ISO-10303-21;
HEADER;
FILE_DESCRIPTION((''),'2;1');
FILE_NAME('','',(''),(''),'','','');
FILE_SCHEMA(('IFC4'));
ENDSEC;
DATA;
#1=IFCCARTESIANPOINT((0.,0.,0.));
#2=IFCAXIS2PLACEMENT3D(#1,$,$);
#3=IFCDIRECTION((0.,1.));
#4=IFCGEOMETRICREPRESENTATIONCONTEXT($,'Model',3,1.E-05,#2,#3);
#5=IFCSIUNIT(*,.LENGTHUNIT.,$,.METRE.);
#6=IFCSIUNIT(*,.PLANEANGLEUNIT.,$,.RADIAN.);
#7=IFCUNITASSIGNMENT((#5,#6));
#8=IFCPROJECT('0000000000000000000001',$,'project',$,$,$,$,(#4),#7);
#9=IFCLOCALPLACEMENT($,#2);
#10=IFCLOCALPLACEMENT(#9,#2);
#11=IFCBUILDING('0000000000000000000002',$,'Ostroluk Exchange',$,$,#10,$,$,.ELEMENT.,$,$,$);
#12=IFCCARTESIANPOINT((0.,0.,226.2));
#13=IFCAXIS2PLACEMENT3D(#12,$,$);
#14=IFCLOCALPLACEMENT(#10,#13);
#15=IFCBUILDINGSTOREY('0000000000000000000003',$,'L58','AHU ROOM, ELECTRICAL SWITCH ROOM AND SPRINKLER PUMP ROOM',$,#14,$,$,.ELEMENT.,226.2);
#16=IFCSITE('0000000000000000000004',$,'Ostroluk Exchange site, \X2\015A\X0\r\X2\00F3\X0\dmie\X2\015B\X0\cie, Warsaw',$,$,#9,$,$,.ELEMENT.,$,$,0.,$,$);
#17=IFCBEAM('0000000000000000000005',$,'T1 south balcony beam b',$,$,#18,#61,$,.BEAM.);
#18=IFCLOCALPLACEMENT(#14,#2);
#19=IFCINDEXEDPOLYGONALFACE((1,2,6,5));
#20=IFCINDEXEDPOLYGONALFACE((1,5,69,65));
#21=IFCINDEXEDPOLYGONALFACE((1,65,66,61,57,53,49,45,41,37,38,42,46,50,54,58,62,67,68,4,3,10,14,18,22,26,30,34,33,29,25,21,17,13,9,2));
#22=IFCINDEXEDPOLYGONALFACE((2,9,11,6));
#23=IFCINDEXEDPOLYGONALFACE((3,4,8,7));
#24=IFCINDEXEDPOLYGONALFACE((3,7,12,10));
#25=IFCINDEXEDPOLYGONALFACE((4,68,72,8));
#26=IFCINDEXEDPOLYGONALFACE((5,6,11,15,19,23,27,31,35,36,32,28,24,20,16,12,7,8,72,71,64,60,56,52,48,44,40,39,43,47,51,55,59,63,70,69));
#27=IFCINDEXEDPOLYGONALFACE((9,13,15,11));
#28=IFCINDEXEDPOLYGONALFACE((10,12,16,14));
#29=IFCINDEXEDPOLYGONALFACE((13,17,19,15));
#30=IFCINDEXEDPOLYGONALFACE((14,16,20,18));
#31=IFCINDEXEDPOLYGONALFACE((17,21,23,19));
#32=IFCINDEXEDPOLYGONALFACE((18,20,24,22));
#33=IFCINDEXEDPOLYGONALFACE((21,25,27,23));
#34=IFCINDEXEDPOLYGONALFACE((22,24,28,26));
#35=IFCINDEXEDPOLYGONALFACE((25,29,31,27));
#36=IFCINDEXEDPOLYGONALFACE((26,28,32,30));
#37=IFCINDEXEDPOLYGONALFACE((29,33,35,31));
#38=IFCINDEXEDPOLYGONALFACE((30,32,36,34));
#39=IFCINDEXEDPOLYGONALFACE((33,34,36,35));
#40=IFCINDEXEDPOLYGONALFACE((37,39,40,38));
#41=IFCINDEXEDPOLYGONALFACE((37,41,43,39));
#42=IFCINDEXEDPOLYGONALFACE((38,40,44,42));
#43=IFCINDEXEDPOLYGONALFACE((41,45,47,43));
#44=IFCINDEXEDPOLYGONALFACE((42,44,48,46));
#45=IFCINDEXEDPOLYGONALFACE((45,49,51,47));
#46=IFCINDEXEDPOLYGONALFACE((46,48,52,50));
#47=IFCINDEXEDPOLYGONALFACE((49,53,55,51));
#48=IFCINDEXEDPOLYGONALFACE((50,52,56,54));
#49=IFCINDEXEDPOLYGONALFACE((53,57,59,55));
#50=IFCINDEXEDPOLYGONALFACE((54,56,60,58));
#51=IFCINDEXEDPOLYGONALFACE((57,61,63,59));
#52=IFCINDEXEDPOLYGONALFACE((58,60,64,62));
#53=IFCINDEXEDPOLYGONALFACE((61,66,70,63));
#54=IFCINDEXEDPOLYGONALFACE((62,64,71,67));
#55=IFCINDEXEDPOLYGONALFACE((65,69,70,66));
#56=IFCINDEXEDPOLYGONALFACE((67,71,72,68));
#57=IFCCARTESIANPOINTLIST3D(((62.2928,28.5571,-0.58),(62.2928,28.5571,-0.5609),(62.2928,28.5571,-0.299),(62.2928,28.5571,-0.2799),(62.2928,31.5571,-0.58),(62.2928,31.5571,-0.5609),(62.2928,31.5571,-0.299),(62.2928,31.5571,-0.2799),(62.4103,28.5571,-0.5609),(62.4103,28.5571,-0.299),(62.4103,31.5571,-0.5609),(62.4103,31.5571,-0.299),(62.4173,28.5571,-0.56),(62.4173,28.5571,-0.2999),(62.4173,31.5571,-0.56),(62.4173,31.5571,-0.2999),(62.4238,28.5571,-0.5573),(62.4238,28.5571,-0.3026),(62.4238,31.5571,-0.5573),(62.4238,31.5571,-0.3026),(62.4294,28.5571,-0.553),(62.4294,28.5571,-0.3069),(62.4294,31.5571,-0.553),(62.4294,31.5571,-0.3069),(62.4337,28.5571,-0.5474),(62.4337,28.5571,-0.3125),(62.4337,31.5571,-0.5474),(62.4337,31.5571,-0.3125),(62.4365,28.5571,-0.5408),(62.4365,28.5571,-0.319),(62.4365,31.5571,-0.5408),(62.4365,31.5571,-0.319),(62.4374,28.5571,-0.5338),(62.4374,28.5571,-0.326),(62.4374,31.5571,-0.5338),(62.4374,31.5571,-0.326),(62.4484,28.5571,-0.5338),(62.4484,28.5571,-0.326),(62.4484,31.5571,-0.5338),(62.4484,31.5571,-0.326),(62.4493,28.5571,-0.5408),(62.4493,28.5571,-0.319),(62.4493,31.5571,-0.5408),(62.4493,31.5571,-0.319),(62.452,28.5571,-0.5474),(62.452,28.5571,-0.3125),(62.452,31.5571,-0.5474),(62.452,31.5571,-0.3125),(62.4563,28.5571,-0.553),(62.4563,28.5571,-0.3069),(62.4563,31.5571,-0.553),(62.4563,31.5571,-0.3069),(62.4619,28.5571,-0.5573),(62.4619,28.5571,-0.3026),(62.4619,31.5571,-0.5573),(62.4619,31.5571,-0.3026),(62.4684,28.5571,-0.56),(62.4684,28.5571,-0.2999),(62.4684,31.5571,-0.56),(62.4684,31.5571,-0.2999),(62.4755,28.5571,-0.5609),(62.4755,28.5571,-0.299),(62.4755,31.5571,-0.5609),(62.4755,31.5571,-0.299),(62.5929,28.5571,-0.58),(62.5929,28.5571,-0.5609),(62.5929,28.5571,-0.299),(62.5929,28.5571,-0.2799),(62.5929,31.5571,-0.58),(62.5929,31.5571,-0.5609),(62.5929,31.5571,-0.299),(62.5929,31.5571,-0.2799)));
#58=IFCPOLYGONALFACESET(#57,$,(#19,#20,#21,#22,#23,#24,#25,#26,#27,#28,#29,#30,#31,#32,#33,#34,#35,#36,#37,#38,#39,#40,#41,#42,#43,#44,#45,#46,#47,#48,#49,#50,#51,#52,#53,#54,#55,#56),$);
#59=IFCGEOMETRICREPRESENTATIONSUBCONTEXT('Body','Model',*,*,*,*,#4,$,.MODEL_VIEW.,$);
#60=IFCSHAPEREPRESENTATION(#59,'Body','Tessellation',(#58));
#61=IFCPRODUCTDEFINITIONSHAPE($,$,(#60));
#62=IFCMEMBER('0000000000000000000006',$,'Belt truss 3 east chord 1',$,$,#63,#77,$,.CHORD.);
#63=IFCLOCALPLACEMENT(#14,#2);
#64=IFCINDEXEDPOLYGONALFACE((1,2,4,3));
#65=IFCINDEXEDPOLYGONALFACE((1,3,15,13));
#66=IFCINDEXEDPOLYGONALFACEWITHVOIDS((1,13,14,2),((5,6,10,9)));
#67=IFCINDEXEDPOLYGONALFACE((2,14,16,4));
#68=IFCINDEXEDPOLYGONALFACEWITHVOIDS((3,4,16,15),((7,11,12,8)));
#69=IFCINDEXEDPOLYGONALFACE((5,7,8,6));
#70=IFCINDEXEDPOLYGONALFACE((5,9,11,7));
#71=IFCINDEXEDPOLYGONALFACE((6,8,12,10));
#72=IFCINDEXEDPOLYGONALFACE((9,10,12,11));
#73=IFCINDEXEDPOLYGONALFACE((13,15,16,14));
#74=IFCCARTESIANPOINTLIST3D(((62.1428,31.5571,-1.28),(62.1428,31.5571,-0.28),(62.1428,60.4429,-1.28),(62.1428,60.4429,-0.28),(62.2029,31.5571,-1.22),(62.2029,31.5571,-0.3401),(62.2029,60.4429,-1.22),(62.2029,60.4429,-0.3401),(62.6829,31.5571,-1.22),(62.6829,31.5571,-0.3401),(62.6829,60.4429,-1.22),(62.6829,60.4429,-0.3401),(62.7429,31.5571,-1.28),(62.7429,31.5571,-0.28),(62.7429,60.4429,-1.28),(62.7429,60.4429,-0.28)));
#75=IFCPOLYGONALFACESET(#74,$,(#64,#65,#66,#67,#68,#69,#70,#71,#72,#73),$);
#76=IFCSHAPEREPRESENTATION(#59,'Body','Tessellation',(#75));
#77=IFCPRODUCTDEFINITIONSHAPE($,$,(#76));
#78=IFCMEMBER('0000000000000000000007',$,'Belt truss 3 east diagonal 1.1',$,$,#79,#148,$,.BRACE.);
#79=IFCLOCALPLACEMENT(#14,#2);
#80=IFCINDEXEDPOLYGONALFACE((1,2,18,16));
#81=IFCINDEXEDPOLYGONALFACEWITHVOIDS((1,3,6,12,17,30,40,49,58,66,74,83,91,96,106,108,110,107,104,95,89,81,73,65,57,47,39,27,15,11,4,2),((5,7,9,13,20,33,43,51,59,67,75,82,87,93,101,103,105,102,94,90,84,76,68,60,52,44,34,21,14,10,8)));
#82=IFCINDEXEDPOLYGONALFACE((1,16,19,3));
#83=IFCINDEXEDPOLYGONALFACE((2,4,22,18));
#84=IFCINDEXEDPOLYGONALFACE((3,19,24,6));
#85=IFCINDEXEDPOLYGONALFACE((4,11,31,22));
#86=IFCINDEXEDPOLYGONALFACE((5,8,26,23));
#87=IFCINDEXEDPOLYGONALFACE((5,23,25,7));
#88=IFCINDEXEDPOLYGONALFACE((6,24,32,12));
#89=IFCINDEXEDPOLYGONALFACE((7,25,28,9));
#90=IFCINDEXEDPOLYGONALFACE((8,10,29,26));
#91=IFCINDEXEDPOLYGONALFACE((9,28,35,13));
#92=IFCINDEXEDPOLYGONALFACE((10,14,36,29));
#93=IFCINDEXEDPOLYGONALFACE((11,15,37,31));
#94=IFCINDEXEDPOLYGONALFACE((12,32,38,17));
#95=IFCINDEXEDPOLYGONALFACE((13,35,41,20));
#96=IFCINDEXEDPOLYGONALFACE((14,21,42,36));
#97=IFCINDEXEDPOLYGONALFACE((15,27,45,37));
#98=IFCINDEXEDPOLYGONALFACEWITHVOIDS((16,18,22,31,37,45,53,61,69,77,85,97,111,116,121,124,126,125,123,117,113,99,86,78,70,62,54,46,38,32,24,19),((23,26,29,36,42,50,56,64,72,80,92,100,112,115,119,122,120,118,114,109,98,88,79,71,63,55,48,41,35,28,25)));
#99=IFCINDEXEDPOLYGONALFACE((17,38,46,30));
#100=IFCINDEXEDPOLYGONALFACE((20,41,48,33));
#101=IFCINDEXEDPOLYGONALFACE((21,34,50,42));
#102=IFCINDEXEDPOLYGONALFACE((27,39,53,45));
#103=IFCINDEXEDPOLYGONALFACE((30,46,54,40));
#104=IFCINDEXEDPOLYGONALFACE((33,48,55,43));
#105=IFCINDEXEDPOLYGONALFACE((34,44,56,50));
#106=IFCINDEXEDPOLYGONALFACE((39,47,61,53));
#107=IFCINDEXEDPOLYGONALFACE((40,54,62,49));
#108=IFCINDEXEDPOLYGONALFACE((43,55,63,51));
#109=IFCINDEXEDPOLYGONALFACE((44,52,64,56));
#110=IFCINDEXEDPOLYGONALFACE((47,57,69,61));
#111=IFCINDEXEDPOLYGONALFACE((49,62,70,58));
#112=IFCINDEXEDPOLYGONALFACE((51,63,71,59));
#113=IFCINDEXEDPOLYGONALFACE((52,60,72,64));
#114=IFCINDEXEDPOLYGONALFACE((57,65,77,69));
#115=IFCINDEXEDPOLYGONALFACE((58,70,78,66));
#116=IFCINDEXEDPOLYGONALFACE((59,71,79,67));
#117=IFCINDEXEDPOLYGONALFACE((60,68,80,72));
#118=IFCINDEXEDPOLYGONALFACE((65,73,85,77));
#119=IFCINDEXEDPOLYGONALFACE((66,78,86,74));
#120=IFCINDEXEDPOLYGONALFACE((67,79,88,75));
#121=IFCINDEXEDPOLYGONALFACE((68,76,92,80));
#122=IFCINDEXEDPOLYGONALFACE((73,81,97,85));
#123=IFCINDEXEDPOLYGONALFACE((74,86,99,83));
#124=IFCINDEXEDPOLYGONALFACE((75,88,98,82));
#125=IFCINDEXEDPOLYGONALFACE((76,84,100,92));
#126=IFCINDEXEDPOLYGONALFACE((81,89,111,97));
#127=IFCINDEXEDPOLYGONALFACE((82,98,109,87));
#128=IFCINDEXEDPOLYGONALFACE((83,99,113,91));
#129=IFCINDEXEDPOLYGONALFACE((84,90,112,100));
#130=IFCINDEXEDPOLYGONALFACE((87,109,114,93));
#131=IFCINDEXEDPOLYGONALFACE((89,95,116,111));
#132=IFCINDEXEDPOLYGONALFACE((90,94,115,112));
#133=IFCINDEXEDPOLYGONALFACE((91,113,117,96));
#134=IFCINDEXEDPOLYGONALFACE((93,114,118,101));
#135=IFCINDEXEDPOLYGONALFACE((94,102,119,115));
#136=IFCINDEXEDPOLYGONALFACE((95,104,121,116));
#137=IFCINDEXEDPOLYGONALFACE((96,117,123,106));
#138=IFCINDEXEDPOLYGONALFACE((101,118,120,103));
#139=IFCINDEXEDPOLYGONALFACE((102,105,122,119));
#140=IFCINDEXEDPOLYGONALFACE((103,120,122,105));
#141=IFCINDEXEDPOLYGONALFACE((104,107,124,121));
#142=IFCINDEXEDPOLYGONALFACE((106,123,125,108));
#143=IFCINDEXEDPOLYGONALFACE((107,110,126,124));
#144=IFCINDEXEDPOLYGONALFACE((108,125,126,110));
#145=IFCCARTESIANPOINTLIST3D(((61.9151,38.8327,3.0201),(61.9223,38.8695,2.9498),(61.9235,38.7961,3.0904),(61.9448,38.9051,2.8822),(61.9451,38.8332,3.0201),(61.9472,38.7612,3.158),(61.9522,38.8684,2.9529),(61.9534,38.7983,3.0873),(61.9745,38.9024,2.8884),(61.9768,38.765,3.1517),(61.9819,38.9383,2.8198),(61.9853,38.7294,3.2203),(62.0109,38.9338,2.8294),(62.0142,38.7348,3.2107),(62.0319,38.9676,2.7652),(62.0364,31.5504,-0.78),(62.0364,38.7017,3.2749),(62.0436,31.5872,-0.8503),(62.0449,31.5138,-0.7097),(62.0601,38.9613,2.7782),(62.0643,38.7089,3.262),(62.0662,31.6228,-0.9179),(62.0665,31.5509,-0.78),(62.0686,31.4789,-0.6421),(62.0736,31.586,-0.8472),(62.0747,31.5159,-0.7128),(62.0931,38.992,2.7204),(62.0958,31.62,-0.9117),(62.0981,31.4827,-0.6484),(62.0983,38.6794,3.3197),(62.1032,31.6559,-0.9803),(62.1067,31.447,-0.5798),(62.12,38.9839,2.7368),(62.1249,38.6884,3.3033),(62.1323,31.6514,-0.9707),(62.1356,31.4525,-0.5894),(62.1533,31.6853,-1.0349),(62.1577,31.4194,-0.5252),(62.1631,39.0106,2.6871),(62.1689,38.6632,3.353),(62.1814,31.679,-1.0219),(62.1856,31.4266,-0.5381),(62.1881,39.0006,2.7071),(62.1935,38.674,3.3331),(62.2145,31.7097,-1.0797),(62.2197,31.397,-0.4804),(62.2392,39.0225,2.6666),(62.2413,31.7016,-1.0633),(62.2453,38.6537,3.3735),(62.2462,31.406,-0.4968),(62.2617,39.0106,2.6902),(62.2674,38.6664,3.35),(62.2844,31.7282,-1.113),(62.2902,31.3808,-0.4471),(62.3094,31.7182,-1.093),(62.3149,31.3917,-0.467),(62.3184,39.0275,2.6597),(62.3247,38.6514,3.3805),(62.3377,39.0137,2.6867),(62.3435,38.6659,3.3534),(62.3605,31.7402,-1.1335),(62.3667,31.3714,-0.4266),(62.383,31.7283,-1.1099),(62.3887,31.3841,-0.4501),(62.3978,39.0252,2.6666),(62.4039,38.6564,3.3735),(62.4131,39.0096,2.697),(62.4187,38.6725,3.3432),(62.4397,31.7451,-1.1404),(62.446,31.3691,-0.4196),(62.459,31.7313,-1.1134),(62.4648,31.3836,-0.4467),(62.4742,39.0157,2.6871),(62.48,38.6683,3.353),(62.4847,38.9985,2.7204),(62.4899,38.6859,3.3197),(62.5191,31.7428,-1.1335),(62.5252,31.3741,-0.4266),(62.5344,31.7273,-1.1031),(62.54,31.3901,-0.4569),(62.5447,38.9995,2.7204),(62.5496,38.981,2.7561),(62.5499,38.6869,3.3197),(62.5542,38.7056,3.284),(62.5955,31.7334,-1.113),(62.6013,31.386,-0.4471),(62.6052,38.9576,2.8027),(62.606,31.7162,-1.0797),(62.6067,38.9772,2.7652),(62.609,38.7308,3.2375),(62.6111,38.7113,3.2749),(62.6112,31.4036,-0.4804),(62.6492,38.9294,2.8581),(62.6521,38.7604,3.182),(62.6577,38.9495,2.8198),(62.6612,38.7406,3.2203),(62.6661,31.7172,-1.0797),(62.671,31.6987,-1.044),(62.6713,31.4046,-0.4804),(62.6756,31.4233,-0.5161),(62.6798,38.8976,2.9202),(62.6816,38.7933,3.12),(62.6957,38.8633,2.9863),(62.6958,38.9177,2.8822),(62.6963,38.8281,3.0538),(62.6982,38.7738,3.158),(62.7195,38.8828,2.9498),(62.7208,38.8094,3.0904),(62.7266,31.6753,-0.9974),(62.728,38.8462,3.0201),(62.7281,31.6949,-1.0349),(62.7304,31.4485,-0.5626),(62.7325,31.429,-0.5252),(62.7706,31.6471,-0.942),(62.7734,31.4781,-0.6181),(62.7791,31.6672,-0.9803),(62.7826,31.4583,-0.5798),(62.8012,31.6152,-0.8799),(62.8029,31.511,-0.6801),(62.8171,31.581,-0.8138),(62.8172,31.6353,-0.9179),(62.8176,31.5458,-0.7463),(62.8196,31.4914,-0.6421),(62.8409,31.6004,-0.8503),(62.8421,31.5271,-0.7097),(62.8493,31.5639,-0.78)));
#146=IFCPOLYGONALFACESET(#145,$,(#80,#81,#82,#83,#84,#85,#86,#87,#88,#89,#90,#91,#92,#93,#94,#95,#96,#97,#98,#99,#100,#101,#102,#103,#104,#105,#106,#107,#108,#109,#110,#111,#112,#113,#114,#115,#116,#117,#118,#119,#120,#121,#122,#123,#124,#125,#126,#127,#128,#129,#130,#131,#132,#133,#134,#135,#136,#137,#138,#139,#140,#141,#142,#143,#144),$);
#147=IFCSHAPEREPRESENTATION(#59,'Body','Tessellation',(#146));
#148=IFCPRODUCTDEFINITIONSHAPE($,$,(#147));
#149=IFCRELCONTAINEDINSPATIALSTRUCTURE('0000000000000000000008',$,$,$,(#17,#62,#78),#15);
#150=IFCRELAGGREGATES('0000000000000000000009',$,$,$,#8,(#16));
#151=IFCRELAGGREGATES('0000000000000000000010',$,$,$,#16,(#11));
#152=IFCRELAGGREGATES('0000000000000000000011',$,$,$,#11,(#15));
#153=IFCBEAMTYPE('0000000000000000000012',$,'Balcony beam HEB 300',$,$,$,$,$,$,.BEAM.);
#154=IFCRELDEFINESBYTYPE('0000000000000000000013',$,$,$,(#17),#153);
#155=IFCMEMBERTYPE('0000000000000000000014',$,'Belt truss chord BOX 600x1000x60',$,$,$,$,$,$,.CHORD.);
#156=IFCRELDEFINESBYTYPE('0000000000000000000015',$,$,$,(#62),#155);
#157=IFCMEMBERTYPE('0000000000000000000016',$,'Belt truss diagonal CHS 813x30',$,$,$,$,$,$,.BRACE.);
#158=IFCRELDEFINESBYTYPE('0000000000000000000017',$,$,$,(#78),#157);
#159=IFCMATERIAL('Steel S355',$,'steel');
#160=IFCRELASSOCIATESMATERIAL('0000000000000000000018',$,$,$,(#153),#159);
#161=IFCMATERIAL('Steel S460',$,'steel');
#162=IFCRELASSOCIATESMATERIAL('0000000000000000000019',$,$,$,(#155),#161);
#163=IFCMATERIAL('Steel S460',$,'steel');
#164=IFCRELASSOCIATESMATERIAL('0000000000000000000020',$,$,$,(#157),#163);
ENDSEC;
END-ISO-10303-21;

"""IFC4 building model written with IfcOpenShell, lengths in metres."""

from ifc_helpers import new_model, si_unit, direction, frame, origin, origin_2d, place, context, subcontext, project, spatial, hollow_rectangle, hollow_circle, i_section, extrude, material, material_profile, profile_set, type_object, element, save


model = new_model("IFC4")

# Units and contexts
model_context = context("Model", 3, precision=1e-05, world=origin(), true_north=direction((0.0, 1.0)))
body_context = subcontext(model_context, "Body", "Model", "MODEL_VIEW")
ifc_project = project(units=[si_unit("LENGTHUNIT", "METRE"), si_unit("PLANEANGLEUNIT", "RADIAN")], contexts=[model_context])

# Site, building, storey
site_placement = place(None, origin())
site = spatial("IfcSite", under=ifc_project, at=site_placement, Name="Ostroluk Exchange site, Śródmieście, Warsaw", CompositionType="ELEMENT", RefElevation=0.0)
building_placement = place(site_placement, origin())
building = spatial("IfcBuilding", under=site, at=building_placement, Name="Ostroluk Exchange", CompositionType="ELEMENT")
storey_placement = place(building_placement, frame((0.0, 0.0, 226.2)))
storey = spatial("IfcBuildingStorey", under=building, at=storey_placement, Name="L58", Description="AHU ROOM, ELECTRICAL SWITCH ROOM AND SPRINKLER PUMP ROOM", CompositionType="ELEMENT", Elevation=226.2)

# Beam
ifc_material_1 = material(Name="Steel S355", Category="steel")
ifc_material_profile_1 = material_profile(ifc_material_1, i_section(OverallWidth=0.3, OverallDepth=0.3, WebThickness=0.011, FlangeThickness=0.019, FilletRadius=0.0271, at=origin_2d()), Name="HEB 300")
ifc_profile_set_1 = profile_set([ifc_material_profile_1], Name="Steel S355")
beam_type = type_object("IfcBeamType", Name="Balcony beam HEB 300", PredefinedType="BEAM", material=ifc_profile_set_1)
for number, where, z_axis, x_axis, name in (
    (1, (62.4429, 31.5571, -0.4299), (0.0, -1.0, 0.0), (1.0, 0.0, 0.0), "T1 south balcony beam b"),
):
    element("IfcBeam", number, at=place(storey_placement, frame(where, z_axis=z_axis, x_axis=x_axis)), inside=storey, type_object=beam_type, Name=name, PredefinedType="BEAM", context=body_context, shape_type="SweptSolid", body=[
        extrude(i_section(OverallWidth=0.3, OverallDepth=0.3, WebThickness=0.011, FlangeThickness=0.019, FilletRadius=0.0271, at=origin_2d()), origin(), (0.0, 0.0, 1.0), 3.0),
    ])

# Members
ifc_material_2 = material(Name="Steel S460", Category="steel")
ifc_material_profile_2 = material_profile(ifc_material_2, hollow_rectangle(XDim=0.6001, YDim=1.0, WallThickness=0.0601, at=origin_2d()), Name="BOX 600x1000x60")
ifc_profile_set_2 = profile_set([ifc_material_profile_2], Name="Steel S460")
member_type_1 = type_object("IfcMemberType", Name="Belt truss chord BOX 600x1000x60", PredefinedType="CHORD", material=ifc_profile_set_2)
member_1_placement = place(storey_placement, frame((62.4429, 31.5571, -0.78), z_axis=(0.0, 1.0, 0.0), x_axis=(-1.0, 0.0, 0.0)))
element("IfcMember", 2, at=member_1_placement, inside=storey, type_object=member_type_1, Name="Belt truss 3 east chord 1", PredefinedType="CHORD", context=body_context, shape_type="SweptSolid", body=[
    extrude(hollow_rectangle(XDim=0.6001, YDim=1.0, WallThickness=0.0601, at=origin_2d()), origin(), (0.0, 0.0, 1.0), 28.8857),
])
ifc_material_3 = material(Name="Steel S460", Category="steel")
ifc_material_profile_3 = material_profile(ifc_material_3, hollow_circle(Radius=0.4065, WallThickness=0.03, at=origin_2d()), Name="CHS 813x30")
ifc_profile_set_3 = profile_set([ifc_material_profile_3], Name="Steel S460")
member_type_2 = type_object("IfcMemberType", Name="Belt truss diagonal CHS 813x30", PredefinedType="BRACE", material=ifc_profile_set_3)
for number, where, z_axis, x_axis, name in (
    (3, (62.4429, 31.5571, -0.78), (-0.01477, 0.886457, 0.462575), (-0.999861, -0.01666, 0.0), "Belt truss 3 east diagonal 1.1"),
):
    element("IfcMember", number, at=place(storey_placement, frame(where, z_axis=z_axis, x_axis=x_axis)), inside=storey, type_object=member_type_2, Name=name, PredefinedType="BRACE", context=body_context, shape_type="SweptSolid", body=[
        extrude(hollow_circle(Radius=0.4065, WallThickness=0.03, at=origin_2d()), origin(), (0.0, 0.0, 1.0), 8.2151),
    ])

save(model, "model.ifc")
